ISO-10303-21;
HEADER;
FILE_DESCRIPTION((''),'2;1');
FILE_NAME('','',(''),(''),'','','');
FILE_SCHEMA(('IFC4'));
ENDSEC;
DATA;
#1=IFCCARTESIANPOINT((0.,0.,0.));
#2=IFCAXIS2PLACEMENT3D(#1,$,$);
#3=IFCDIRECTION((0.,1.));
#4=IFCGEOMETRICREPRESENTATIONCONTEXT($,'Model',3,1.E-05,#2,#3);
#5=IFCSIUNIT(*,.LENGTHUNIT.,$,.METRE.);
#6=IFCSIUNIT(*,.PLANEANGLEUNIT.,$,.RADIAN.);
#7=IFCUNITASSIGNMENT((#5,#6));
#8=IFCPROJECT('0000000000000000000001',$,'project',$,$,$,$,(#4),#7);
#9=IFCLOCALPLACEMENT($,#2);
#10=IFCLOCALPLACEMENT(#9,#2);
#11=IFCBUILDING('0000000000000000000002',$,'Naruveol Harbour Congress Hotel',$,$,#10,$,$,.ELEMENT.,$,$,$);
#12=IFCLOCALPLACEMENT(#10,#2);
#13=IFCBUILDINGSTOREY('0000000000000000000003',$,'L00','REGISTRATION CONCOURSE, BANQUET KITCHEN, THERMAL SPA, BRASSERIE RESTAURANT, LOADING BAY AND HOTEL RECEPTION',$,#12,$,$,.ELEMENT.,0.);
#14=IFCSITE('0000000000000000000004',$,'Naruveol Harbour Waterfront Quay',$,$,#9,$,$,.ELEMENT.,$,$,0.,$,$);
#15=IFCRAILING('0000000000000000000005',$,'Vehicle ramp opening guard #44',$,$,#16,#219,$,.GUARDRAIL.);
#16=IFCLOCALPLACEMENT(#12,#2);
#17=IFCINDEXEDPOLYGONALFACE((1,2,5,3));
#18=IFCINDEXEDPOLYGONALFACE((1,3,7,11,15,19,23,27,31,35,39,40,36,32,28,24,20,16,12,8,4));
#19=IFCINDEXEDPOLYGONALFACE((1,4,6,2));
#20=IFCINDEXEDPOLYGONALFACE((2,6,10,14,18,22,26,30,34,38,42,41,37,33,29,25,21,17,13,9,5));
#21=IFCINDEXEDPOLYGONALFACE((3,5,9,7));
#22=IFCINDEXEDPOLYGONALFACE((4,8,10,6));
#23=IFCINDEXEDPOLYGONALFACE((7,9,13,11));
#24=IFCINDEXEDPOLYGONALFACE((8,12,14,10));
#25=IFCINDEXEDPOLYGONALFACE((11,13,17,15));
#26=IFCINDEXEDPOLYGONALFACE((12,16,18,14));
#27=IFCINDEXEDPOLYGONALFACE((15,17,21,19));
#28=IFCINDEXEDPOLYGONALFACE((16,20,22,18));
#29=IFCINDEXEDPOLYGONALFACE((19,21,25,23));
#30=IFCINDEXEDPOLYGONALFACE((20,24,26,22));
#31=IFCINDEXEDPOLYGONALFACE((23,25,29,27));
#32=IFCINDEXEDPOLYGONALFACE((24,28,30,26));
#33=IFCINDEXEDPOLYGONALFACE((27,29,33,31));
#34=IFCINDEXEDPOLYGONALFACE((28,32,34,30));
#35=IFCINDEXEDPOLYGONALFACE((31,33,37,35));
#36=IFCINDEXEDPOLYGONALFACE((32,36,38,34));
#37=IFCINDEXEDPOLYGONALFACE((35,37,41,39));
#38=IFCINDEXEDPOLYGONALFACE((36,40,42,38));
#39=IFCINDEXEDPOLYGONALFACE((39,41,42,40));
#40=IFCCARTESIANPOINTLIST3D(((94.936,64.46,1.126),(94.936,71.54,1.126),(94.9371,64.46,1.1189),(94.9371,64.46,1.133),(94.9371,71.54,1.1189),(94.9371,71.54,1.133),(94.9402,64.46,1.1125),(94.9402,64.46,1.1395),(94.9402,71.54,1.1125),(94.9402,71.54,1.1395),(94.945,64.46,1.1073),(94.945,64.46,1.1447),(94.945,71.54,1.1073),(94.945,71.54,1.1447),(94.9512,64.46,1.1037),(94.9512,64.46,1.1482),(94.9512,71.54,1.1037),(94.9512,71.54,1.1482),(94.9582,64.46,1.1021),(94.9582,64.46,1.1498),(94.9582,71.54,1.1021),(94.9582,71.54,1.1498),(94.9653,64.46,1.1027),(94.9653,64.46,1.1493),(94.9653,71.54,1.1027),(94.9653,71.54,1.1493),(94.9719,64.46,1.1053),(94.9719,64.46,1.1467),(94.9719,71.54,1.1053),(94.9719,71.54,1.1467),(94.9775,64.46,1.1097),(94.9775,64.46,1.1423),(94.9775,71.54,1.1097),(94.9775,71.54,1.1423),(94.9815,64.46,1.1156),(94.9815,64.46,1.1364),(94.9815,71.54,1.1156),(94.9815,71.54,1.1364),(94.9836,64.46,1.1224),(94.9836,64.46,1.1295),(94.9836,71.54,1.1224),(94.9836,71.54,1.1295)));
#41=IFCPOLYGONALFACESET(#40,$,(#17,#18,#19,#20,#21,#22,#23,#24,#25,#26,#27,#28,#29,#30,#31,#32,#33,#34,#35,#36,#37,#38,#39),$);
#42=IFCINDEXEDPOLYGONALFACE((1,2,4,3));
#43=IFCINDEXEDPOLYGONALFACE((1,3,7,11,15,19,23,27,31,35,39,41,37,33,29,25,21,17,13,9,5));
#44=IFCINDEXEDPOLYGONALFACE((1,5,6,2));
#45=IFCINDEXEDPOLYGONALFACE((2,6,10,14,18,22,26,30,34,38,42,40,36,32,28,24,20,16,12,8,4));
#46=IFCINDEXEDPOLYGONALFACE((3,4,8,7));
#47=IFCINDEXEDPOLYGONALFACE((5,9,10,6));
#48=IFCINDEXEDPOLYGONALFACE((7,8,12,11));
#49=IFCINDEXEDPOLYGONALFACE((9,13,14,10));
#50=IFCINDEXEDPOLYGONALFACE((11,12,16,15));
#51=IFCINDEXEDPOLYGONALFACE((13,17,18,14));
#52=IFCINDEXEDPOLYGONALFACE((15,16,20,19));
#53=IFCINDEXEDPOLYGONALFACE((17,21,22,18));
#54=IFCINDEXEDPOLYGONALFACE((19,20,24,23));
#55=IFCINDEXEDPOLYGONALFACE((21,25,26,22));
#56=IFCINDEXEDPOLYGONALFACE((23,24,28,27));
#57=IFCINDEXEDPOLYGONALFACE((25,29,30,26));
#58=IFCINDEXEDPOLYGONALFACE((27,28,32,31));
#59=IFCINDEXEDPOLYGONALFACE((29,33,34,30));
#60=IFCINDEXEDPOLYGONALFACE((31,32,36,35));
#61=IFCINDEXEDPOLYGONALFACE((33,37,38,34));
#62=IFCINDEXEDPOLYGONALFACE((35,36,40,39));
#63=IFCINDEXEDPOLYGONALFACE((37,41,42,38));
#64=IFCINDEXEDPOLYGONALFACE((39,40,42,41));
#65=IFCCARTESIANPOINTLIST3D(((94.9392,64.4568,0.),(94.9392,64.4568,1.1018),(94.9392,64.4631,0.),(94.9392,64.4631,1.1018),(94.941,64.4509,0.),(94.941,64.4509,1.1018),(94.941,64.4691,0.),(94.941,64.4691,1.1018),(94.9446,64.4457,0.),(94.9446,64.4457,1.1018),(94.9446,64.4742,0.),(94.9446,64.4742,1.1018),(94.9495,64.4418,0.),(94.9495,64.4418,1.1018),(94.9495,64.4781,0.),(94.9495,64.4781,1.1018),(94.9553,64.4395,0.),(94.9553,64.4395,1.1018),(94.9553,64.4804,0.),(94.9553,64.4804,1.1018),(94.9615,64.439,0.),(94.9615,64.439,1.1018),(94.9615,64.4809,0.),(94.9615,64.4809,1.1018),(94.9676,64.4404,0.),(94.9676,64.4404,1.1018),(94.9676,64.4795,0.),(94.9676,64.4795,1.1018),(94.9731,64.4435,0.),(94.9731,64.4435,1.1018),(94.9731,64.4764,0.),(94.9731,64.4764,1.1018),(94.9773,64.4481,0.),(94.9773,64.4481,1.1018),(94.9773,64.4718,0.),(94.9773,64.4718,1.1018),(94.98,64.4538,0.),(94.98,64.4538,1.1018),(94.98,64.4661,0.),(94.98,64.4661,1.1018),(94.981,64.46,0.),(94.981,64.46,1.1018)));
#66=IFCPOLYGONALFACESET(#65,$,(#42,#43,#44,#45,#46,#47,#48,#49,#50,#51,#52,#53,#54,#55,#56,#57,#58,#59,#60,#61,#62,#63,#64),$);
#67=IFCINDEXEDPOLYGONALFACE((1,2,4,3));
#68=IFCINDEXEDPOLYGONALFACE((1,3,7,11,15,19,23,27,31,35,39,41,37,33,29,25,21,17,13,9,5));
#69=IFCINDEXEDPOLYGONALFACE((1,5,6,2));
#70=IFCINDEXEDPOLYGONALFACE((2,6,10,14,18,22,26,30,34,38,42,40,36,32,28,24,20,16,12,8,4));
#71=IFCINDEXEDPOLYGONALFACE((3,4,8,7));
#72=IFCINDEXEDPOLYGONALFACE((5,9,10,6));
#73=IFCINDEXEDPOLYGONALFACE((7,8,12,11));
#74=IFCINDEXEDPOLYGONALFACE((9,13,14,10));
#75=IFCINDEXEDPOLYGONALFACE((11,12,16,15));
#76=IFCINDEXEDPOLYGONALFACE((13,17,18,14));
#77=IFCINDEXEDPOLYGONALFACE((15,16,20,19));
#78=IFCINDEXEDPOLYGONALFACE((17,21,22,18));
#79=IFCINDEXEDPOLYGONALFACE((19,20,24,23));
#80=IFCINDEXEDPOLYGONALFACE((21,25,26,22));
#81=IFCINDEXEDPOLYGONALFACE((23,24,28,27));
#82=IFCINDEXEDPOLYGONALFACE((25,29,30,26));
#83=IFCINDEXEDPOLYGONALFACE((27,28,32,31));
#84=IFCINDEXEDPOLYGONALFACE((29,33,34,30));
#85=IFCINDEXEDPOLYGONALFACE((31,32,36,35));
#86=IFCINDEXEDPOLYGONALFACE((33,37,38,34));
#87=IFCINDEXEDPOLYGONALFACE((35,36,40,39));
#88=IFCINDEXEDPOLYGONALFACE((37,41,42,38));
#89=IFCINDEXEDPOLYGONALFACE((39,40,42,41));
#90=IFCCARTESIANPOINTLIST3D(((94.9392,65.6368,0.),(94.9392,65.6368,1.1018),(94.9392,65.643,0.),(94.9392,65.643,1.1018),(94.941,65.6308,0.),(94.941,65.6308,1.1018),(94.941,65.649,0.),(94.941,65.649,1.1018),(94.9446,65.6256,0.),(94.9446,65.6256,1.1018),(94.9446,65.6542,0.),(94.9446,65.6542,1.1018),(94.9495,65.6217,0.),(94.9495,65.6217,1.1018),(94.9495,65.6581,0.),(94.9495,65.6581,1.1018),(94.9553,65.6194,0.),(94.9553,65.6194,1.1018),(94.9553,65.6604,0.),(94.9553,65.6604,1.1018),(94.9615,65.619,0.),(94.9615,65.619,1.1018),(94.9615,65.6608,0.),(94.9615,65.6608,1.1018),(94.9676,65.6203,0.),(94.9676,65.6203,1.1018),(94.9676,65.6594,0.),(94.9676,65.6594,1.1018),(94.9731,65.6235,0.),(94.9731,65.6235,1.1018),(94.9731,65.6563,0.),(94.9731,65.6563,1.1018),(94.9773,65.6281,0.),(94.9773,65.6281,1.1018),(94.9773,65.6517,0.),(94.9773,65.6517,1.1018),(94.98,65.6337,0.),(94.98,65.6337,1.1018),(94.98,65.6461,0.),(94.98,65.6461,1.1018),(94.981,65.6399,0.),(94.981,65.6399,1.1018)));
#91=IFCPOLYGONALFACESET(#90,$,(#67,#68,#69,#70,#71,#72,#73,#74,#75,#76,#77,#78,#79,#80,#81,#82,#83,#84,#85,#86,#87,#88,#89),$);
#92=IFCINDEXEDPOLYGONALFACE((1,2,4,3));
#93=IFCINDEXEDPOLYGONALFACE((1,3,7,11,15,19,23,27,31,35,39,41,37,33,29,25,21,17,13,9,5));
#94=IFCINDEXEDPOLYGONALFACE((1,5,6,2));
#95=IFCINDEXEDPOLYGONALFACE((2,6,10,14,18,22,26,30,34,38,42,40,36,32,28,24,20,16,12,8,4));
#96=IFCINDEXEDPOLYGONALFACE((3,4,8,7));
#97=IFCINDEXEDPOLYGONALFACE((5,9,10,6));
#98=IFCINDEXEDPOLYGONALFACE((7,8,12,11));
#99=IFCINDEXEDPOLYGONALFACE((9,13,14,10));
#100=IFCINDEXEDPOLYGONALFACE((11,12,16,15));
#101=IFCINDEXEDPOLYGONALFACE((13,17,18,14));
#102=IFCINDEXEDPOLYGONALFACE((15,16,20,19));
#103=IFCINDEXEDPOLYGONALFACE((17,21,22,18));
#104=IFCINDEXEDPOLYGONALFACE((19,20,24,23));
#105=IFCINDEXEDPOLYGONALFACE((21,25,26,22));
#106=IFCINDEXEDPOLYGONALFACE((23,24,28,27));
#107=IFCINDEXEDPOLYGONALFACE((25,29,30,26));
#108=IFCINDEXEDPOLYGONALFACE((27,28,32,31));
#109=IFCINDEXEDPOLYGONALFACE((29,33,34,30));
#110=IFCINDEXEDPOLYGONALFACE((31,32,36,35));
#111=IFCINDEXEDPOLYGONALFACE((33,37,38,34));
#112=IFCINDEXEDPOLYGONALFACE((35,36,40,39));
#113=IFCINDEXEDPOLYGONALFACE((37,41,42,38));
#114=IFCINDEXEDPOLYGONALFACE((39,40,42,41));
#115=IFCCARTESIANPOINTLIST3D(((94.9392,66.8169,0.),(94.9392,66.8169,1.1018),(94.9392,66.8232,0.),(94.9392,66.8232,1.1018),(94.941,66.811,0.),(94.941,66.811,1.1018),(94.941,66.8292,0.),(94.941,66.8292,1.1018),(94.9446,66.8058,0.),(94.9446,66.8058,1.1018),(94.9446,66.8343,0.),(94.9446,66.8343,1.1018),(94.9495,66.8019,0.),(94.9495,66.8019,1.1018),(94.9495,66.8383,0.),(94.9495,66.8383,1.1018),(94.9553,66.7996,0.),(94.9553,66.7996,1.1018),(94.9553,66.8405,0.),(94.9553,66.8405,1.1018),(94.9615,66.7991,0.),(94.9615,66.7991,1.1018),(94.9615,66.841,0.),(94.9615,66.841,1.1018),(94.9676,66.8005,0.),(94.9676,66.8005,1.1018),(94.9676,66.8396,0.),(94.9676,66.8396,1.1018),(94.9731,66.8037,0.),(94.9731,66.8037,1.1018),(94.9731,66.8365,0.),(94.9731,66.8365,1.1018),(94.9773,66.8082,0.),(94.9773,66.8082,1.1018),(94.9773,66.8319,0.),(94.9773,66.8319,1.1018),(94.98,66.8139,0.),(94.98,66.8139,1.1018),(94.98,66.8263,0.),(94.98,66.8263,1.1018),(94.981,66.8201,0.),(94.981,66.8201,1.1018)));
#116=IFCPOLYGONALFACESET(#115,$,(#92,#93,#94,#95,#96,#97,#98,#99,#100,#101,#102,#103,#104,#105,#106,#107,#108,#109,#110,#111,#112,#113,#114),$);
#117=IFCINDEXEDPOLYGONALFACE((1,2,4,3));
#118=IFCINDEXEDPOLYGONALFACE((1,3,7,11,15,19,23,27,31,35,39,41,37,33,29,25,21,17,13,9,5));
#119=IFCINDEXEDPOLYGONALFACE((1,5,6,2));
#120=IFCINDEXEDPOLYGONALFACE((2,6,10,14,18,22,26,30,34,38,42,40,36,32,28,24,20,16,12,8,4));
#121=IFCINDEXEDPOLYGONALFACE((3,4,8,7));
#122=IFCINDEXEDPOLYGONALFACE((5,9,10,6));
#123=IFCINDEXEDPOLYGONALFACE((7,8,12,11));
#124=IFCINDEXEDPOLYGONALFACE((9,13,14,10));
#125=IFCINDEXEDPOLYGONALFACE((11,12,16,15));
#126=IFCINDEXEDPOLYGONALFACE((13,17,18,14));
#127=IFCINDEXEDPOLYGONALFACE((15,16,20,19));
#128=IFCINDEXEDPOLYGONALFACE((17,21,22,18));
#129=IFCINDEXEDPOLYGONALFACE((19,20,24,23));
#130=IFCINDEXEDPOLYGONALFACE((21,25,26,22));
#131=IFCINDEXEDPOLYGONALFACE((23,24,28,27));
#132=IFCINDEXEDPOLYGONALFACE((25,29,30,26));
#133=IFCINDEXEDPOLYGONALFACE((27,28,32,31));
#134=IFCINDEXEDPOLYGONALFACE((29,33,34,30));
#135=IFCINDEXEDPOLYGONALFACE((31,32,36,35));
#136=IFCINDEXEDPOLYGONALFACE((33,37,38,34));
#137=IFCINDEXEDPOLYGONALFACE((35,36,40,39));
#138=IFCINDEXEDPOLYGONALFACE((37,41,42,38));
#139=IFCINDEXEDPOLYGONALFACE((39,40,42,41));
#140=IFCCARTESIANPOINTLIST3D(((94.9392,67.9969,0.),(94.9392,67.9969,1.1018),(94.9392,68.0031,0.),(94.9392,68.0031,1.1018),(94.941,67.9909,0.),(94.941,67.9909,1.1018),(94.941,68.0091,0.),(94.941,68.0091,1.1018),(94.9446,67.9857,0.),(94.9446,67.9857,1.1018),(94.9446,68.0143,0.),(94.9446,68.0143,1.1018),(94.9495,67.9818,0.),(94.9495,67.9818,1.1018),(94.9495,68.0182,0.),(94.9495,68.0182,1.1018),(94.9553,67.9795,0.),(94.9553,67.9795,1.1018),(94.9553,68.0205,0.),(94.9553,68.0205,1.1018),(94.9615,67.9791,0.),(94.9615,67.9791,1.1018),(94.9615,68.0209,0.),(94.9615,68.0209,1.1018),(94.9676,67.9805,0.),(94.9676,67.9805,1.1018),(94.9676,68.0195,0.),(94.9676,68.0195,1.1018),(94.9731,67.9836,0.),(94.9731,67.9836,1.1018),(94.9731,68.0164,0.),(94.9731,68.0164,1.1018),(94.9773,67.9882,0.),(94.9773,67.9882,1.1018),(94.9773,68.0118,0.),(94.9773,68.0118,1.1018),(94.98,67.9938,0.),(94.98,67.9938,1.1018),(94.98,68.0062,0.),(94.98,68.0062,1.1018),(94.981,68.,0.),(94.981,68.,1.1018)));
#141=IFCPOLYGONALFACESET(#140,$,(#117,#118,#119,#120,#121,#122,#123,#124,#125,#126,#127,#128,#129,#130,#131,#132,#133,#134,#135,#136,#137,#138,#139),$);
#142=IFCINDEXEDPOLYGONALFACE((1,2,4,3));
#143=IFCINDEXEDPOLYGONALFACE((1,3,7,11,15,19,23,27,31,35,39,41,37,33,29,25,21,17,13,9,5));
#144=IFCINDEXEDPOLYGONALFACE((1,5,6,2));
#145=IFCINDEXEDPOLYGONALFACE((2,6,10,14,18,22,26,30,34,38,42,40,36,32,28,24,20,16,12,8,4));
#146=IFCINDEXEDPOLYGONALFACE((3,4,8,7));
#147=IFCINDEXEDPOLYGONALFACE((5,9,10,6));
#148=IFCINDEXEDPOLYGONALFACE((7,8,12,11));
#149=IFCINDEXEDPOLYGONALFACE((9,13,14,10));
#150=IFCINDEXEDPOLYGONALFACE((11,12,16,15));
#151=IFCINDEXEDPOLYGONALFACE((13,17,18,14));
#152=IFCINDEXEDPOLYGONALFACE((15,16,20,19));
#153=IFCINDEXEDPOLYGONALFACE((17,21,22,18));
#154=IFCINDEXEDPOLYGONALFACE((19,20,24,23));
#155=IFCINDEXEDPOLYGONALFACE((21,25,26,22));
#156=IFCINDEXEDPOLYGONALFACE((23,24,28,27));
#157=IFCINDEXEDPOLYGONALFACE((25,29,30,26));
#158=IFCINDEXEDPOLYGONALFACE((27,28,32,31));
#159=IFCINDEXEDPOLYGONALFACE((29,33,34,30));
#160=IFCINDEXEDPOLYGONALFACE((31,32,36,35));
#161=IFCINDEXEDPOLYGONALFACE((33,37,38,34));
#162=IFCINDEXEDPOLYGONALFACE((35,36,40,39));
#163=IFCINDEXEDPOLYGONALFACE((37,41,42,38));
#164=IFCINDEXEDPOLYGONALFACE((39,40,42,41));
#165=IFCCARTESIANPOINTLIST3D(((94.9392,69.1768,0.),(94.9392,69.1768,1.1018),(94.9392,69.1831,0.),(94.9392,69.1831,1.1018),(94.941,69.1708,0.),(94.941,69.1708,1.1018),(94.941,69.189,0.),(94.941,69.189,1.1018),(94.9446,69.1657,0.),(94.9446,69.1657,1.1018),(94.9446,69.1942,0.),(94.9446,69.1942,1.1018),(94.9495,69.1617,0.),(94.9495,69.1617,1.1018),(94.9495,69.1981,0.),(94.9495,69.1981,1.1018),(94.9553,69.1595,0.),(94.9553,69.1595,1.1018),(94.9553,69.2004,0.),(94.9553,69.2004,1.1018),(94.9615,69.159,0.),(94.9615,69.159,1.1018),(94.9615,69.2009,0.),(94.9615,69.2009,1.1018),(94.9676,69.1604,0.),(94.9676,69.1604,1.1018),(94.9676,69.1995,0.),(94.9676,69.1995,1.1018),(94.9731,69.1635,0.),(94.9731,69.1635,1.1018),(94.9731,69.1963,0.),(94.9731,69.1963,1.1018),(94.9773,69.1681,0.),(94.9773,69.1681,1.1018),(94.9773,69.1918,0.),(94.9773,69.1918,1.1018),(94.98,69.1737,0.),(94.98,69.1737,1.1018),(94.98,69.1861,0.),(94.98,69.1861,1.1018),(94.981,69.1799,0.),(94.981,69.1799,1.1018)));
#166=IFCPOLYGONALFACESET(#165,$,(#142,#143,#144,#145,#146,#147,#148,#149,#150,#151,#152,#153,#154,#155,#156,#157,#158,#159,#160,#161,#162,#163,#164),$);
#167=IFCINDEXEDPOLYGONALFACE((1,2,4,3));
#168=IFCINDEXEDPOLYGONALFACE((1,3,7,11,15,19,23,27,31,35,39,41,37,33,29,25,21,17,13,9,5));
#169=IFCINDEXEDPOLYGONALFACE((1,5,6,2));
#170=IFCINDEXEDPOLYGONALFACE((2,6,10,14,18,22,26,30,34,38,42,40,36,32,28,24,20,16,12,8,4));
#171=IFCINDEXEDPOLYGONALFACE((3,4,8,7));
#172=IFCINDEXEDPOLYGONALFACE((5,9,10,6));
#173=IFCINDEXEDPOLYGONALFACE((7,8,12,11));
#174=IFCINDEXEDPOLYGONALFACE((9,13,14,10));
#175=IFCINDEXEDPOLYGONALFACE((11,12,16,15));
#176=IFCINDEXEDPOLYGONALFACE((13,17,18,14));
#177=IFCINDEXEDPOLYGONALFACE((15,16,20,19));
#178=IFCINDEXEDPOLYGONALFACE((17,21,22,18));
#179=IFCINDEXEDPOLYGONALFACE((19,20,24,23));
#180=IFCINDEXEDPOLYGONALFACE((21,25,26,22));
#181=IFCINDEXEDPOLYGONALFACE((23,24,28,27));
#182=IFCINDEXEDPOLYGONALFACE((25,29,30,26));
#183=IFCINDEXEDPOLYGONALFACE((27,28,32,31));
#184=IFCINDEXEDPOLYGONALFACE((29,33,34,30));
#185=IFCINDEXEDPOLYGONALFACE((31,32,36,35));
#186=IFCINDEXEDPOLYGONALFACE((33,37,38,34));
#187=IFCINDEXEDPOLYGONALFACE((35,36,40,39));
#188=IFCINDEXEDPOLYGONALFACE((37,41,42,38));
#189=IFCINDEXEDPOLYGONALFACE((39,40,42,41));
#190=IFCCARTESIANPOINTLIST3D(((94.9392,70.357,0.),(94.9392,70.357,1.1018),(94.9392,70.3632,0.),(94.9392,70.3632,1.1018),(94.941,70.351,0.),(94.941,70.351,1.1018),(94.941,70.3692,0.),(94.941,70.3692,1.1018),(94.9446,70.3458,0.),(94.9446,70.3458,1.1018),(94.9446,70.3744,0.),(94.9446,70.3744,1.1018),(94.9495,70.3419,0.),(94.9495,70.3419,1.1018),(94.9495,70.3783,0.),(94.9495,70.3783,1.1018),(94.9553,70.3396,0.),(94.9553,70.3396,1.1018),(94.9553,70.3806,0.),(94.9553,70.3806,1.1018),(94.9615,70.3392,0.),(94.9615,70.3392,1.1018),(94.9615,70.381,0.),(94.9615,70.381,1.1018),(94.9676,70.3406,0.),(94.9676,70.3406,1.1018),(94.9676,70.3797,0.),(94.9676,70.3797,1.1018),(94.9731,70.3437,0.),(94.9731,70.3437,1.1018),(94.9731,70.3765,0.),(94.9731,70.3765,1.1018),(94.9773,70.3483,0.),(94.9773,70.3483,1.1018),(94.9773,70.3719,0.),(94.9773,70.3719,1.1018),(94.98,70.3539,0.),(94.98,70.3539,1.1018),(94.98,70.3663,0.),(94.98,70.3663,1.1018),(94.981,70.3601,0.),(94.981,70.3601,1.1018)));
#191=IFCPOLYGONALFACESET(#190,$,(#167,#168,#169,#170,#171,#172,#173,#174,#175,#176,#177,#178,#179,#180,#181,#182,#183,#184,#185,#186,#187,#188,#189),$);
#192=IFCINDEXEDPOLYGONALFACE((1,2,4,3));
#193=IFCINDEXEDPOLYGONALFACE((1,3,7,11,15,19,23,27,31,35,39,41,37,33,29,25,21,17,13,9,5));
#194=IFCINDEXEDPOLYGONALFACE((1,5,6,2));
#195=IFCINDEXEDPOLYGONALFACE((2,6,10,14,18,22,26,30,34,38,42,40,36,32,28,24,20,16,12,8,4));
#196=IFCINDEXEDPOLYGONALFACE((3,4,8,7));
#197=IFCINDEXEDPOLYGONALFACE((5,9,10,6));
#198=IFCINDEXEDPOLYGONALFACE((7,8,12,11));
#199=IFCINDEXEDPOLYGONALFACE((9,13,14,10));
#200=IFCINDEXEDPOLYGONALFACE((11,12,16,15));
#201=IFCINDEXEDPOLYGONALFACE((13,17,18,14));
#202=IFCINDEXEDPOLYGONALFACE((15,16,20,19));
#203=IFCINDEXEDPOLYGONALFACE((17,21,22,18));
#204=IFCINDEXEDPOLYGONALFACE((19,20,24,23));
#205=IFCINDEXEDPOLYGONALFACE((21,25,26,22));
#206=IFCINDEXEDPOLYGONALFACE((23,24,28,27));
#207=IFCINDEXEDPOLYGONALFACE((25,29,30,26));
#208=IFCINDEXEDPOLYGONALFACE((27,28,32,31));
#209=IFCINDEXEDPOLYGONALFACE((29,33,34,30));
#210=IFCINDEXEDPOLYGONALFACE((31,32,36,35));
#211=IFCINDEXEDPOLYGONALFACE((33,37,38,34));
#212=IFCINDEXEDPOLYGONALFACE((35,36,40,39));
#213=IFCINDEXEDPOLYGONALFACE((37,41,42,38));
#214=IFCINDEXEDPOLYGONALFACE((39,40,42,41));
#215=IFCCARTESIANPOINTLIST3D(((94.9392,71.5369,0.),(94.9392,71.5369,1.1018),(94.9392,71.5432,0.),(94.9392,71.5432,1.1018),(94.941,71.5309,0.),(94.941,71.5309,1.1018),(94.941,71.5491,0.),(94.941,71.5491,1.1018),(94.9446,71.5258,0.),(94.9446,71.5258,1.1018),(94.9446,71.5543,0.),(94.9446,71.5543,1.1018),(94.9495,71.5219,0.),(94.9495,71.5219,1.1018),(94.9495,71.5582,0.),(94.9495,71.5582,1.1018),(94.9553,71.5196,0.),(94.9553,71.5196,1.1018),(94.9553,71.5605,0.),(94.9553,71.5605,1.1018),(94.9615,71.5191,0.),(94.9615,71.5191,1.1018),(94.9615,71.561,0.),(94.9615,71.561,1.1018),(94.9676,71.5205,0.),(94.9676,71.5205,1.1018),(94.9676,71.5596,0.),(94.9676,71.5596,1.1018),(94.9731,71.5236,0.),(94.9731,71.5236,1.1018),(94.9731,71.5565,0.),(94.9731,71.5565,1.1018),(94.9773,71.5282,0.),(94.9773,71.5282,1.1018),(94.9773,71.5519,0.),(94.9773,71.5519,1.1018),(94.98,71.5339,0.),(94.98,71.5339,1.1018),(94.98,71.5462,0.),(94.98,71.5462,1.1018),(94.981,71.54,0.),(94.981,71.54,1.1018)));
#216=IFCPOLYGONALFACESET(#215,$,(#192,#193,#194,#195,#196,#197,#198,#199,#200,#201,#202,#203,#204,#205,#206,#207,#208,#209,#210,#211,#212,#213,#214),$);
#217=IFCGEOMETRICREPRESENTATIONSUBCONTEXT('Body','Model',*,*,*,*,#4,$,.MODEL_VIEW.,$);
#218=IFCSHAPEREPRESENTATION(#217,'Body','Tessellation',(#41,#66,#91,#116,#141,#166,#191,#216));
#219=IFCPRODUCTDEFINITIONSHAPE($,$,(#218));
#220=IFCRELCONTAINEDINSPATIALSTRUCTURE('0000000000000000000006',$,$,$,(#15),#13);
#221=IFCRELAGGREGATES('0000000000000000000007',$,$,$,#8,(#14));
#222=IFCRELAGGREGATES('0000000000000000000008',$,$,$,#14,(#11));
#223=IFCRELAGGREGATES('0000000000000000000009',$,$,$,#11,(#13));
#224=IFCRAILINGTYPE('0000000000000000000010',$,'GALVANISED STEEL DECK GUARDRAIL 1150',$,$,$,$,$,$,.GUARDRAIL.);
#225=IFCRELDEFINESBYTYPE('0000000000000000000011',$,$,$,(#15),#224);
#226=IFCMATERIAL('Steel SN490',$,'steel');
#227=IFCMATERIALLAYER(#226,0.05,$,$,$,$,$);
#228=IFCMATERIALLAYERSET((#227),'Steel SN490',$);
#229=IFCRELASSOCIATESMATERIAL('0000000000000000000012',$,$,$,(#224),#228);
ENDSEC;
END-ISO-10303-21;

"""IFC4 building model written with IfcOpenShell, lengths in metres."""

from ifc_helpers import new_model, si_unit, direction, frame, origin, origin_2d, place, context, subcontext, project, spatial, circle, extrude, material, layer, layer_set, type_object, element, save


model = new_model("IFC4")

# Units and contexts
model_context = context("Model", 3, precision=1e-05, world=origin(), true_north=direction((0.0, 1.0)))
body_context = subcontext(model_context, "Body", "Model", "MODEL_VIEW")
ifc_project = project(units=[si_unit("LENGTHUNIT", "METRE"), si_unit("PLANEANGLEUNIT", "RADIAN")], contexts=[model_context])

# Site, building, storey
site_placement = place(None, origin())
site = spatial("IfcSite", under=ifc_project, at=site_placement, Name="Naruveol Harbour Waterfront Quay", CompositionType="ELEMENT", RefElevation=0.0)
building_placement = place(site_placement, origin())
building = spatial("IfcBuilding", under=site, at=building_placement, Name="Naruveol Harbour Congress Hotel", CompositionType="ELEMENT")
storey_placement = place(building_placement, origin())
storey = spatial("IfcBuildingStorey", under=building, at=storey_placement, Name="L00", Description="REGISTRATION CONCOURSE, BANQUET KITCHEN, THERMAL SPA, BRASSERIE RESTAURANT, LOADING BAY AND HOTEL RECEPTION", CompositionType="ELEMENT", Elevation=0.0)

# Railing
ifc_material_1 = material(Name="Steel SN490", Category="steel")
ifc_layer_1 = layer(ifc_material_1, 0.05)
ifc_layer_set_1 = layer_set([ifc_layer_1], Name="Steel SN490")
railing_type = type_object("IfcRailingType", Name="GALVANISED STEEL DECK GUARDRAIL 1150", PredefinedType="GUARDRAIL", material=ifc_layer_set_1)
railing_1_placement = place(storey_placement, frame((94.96, 64.46, 0.0)))
element("IfcRailing", 1, at=railing_1_placement, inside=storey, type_object=railing_type, Name="Vehicle ramp opening guard #44", PredefinedType="GUARDRAIL", context=body_context, shape_type="SweptSolid", body=[
    extrude(circle(Radius=0.0239, at=origin_2d()), frame((0.0, 0.0, 1.126), z_axis=(0.0, 1.0, 0.0), x_axis=(-1.0, 0.0, 0.0)), (0.0, 0.0, 1.0), 7.0801),
    extrude(circle(Radius=0.021, at=origin_2d()), origin(), (0.0, 0.0, 1.0), 1.1018),
    extrude(circle(Radius=0.021, at=origin_2d()), frame((0.0, 1.1799, 0.0)), (0.0, 0.0, 1.0), 1.1018),
    extrude(circle(Radius=0.021, at=origin_2d()), frame((0.0, 2.3601, 0.0)), (0.0, 0.0, 1.0), 1.1018),
    extrude(circle(Radius=0.021, at=origin_2d()), frame((0.0, 3.54, 0.0)), (0.0, 0.0, 1.0), 1.1018),
    extrude(circle(Radius=0.021, at=origin_2d()), frame((0.0, 4.72, 0.0)), (0.0, 0.0, 1.0), 1.1018),
    extrude(circle(Radius=0.021, at=origin_2d()), frame((0.0, 5.9001, 0.0)), (0.0, 0.0, 1.0), 1.1018),
    extrude(circle(Radius=0.021, at=origin_2d()), frame((0.0, 7.0801, 0.0)), (0.0, 0.0, 1.0), 1.1018),
])

save(model, "model.ifc")
